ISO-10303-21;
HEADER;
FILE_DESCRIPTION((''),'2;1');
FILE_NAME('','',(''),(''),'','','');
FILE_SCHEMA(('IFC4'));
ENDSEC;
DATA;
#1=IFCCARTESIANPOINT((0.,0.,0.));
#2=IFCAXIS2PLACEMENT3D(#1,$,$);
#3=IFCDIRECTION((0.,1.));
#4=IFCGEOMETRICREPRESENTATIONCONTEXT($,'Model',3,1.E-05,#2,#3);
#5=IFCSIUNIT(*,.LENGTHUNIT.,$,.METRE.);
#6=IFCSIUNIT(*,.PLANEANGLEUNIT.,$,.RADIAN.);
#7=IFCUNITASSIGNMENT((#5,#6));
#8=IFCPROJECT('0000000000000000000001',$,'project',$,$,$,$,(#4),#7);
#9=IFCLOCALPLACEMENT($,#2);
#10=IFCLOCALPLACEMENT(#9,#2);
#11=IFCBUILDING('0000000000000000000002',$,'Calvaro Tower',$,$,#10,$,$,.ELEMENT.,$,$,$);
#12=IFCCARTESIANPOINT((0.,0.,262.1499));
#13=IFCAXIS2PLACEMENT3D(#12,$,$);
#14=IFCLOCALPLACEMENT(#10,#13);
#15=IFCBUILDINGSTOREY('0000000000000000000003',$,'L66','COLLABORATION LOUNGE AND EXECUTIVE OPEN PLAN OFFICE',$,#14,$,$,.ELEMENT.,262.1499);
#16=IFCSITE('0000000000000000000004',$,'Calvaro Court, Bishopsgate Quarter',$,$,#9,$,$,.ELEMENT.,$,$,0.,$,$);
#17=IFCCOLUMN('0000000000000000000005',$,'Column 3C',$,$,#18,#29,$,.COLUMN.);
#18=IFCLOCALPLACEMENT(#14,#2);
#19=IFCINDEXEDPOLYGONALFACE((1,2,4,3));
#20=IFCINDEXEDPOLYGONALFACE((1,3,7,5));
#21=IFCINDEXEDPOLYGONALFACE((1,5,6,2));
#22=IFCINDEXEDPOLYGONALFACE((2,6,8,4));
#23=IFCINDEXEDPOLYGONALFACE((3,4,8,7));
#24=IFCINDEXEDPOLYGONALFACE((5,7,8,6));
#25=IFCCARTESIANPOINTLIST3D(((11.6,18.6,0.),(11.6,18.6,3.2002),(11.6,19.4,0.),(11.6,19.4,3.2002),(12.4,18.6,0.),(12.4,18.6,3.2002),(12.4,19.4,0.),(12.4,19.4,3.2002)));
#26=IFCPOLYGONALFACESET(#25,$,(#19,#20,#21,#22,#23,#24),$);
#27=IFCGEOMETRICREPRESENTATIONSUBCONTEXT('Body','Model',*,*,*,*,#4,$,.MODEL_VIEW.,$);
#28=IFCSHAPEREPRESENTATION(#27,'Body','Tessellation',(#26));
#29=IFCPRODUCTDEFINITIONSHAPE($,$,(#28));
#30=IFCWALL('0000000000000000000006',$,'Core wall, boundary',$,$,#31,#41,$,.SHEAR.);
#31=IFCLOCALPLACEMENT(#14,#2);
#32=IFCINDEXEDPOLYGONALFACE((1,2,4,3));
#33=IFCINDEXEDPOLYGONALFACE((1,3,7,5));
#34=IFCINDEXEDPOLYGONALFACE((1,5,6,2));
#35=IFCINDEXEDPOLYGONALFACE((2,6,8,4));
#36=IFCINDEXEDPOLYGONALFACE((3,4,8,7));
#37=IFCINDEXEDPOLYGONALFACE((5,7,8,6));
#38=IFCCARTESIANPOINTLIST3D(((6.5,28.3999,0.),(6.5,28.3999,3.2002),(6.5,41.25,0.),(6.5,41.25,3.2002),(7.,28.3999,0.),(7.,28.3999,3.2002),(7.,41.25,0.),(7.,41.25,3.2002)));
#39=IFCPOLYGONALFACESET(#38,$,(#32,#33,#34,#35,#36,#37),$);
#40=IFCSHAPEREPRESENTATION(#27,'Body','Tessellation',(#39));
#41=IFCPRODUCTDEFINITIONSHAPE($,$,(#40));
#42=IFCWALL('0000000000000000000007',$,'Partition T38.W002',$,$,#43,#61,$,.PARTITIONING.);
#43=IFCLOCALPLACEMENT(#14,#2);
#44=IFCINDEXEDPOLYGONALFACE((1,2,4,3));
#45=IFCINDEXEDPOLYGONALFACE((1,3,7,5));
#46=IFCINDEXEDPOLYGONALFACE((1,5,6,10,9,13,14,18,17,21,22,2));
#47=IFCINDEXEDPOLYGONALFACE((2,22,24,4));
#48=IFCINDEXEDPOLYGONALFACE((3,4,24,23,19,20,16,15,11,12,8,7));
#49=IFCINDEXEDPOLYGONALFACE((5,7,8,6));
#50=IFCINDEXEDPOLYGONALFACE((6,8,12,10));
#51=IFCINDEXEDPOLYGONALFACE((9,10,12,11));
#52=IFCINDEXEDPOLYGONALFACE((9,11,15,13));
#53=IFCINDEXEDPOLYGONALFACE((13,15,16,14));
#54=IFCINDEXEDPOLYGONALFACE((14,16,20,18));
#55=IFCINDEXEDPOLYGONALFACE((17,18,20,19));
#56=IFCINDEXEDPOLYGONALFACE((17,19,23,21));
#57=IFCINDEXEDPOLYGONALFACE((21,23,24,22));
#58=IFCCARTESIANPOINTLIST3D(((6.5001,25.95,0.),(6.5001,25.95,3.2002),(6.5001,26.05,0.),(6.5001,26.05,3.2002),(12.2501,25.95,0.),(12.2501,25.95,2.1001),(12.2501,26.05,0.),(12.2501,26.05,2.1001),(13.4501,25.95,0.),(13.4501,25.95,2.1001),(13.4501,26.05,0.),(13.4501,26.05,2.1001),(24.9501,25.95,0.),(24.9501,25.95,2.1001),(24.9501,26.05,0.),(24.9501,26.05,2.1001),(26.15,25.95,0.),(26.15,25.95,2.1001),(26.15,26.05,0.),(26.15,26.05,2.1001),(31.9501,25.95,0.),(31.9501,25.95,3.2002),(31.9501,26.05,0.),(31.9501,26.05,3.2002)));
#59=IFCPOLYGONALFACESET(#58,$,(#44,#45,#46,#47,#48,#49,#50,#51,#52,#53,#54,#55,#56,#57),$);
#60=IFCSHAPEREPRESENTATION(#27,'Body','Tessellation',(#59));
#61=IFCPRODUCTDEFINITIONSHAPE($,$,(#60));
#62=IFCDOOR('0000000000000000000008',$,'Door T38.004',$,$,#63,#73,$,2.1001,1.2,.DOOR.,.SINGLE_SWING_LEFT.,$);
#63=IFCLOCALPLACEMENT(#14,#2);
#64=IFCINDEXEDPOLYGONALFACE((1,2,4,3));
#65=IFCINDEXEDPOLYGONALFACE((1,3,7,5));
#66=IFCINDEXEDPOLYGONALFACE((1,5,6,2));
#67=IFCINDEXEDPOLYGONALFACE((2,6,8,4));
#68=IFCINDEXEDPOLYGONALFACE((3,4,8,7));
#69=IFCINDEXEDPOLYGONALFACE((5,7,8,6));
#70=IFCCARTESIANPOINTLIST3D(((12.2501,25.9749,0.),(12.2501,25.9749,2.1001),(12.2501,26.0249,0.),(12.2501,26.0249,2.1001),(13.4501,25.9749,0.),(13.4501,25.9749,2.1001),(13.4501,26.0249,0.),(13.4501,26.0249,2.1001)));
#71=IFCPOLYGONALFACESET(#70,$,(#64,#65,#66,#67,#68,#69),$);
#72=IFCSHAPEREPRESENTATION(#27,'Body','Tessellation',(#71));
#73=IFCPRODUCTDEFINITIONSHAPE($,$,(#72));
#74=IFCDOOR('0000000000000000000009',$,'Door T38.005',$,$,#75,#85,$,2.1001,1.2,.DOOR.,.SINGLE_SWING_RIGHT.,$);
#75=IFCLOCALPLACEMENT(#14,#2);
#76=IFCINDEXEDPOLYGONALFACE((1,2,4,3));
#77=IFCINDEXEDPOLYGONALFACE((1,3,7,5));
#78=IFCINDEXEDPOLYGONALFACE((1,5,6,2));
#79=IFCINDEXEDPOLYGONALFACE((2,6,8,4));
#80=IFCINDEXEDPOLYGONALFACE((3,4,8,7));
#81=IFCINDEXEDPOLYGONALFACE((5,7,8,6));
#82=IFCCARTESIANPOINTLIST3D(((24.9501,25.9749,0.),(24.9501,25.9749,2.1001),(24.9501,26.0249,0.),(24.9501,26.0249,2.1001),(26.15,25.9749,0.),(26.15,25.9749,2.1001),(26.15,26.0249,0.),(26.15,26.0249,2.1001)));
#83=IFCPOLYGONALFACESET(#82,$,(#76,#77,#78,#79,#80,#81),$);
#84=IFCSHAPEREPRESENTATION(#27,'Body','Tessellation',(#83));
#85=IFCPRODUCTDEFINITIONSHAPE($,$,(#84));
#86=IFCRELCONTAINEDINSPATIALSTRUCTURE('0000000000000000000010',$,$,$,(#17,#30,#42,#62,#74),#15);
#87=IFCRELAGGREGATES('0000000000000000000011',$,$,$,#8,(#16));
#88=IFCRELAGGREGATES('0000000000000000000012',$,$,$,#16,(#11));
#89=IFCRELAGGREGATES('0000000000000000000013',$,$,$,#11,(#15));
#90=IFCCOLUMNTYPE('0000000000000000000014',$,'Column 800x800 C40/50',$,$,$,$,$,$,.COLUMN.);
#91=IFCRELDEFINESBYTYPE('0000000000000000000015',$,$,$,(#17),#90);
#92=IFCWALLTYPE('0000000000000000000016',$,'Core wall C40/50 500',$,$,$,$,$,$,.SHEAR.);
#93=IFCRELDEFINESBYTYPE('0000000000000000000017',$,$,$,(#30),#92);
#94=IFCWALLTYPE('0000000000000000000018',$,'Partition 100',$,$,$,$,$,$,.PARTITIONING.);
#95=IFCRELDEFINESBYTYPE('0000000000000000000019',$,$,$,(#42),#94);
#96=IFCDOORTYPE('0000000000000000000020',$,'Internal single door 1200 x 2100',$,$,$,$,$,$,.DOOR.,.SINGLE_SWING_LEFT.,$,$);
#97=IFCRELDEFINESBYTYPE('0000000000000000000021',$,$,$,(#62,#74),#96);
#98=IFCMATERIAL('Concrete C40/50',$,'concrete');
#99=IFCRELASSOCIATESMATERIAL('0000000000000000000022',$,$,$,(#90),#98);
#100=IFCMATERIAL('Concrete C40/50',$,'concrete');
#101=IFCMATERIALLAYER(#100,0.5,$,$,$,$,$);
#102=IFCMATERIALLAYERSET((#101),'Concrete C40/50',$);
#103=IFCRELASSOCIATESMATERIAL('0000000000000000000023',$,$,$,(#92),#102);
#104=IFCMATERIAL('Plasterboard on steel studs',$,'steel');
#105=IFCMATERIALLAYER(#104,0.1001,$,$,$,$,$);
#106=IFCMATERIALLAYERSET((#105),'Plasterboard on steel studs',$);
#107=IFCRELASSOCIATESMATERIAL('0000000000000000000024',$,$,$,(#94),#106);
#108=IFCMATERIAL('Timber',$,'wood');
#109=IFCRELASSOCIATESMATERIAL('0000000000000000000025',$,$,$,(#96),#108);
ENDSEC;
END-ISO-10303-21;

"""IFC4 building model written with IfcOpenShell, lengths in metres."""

from ifc_helpers import new_model, si_unit, direction, frame, frame_2d, origin, origin_2d, place, context, subcontext, project, spatial, rectangle, extrude, material, layer, layer_set, material_profile, profile_set, type_object, element, fill, save


model = new_model("IFC4")

# Units and contexts
model_context = context("Model", 3, precision=1e-05, world=origin(), true_north=direction((0.0, 1.0)))
body_context = subcontext(model_context, "Body", "Model", "MODEL_VIEW")
ifc_project = project(units=[si_unit("LENGTHUNIT", "METRE"), si_unit("PLANEANGLEUNIT", "RADIAN")], contexts=[model_context])

# Site, building, storey
site_placement = place(None, origin())
site = spatial("IfcSite", under=ifc_project, at=site_placement, Name="Calvaro Court, Bishopsgate Quarter", CompositionType="ELEMENT", RefElevation=0.0)
building_placement = place(site_placement, origin())
building = spatial("IfcBuilding", under=site, at=building_placement, Name="Calvaro Tower", CompositionType="ELEMENT")
storey_placement = place(building_placement, frame((0.0, 0.0, 262.1499)))
storey = spatial("IfcBuildingStorey", under=building, at=storey_placement, Name="L66", Description="COLLABORATION LOUNGE AND EXECUTIVE OPEN PLAN OFFICE", CompositionType="ELEMENT", Elevation=262.1499)

# Column
ifc_material_1 = material(Name="Concrete C40/50", Category="concrete")
ifc_material_profile = material_profile(ifc_material_1, rectangle(XDim=0.8, YDim=0.8, at=origin_2d()), Name="RC 800x800")
ifc_profile_set = profile_set([ifc_material_profile], Name="Concrete C40/50")
column_type = type_object("IfcColumnType", Name="Column 800x800 C40/50", PredefinedType="COLUMN", material=ifc_profile_set)
column_placement = place(storey_placement, frame((12.0, 19.0, 0.0), z_axis=(0.0, 0.0, 1.0), x_axis=(1.0, 0.0, 0.0)))
element("IfcColumn", 1, at=column_placement, inside=storey, type_object=column_type, Name="Column 3C", PredefinedType="COLUMN", context=body_context, shape_type="SweptSolid", body=[
    extrude(rectangle(XDim=0.8, YDim=0.8, at=origin_2d()), origin(), (0.0, 0.0, 1.0), 3.2002),
])

# Wall
ifc_material_2 = material(Name="Concrete C40/50", Category="concrete")
ifc_layer_1 = layer(ifc_material_2, 0.5)
ifc_layer_set_1 = layer_set([ifc_layer_1], Name="Concrete C40/50")
wall_type_1 = type_object("IfcWallType", Name="Core wall C40/50 500", PredefinedType="SHEAR", material=ifc_layer_set_1)
wall_1_placement = place(storey_placement, frame((6.75, 28.3999, 0.0), z_axis=(0.0, 0.0, 1.0), x_axis=(0.0, 1.0, 0.0)))
element("IfcWall", 2, at=wall_1_placement, inside=storey, type_object=wall_type_1, Name="Core wall, boundary", PredefinedType="SHEAR", context=body_context, shape_type="SweptSolid", body=[
    extrude(rectangle(XDim=12.8501, YDim=0.5, at=frame_2d((6.425, 0.0))), origin(), (0.0, 0.0, 1.0), 3.2002),
])

# Wall, openings, doors
ifc_material_3 = material(Name="Plasterboard on steel studs", Category="steel")
ifc_layer_2 = layer(ifc_material_3, 0.1001)
ifc_layer_set_2 = layer_set([ifc_layer_2], Name="Plasterboard on steel studs")
wall_type_2 = type_object("IfcWallType", Name="Partition 100", PredefinedType="PARTITIONING", material=ifc_layer_set_2)
wall_2_placement = place(storey_placement, frame((6.5, 26.0, 0.0), z_axis=(0.0, 0.0, 1.0), x_axis=(1.0, 0.0, 0.0)))
wall_2 = element("IfcWall", 3, at=wall_2_placement, inside=storey, type_object=wall_type_2, Name="Partition T38.W002", PredefinedType="PARTITIONING", context=body_context, shape_type="SweptSolid", body=[
    extrude(rectangle(XDim=25.45, YDim=0.1001, at=frame_2d((12.7251, 0.0))), origin(), (0.0, 0.0, 1.0), 3.2002),
])
opening_1_placement = place(wall_2_placement, frame((5.75, 0.0, 0.0)))
opening_1 = element("IfcOpeningElement", 4, at=opening_1_placement, cuts=wall_2, PredefinedType="OPENING", context=body_context, shape_type="SweptSolid", body=[
    extrude(rectangle(XDim=1.2, YDim=2.1001, at=frame_2d((0.6001, 1.05))), frame((0.0, 0.0601, 0.0), z_axis=(0.0, -1.0, 0.0), x_axis=(1.0, 0.0, 0.0)), (0.0, 0.0, 1.0), 0.1201),
])
opening_2_placement = place(wall_2_placement, frame((18.45, 0.0, 0.0)))
opening_2 = element("IfcOpeningElement", 5, at=opening_2_placement, cuts=wall_2, PredefinedType="OPENING", context=body_context, shape_type="SweptSolid", body=[
    extrude(rectangle(XDim=1.2, YDim=2.1001, at=frame_2d((0.6001, 1.05))), frame((0.0, 0.0601, 0.0), z_axis=(0.0, -1.0, 0.0), x_axis=(1.0, 0.0, 0.0)), (0.0, 0.0, 1.0), 0.1201),
])
ifc_material_4 = material(Name="Timber", Category="wood")
door_type_1 = type_object("IfcDoorType", Name="Internal single door 1200 x 2100", OperationType="SINGLE_SWING_LEFT", PredefinedType="DOOR", material=ifc_material_4)
door_1_placement = place(opening_1_placement, origin())
door_1 = element("IfcDoor", 6, at=door_1_placement, inside=storey, type_object=door_type_1, Name="Door T38.004", OperationType="SINGLE_SWING_LEFT", OverallHeight=2.1001, OverallWidth=1.2, PredefinedType="DOOR", context=body_context, shape_type="SweptSolid", body=[
    extrude(rectangle(XDim=1.2, YDim=2.1001, at=frame_2d((0.6001, 1.05))), frame((0.0, 0.0249, 0.0), z_axis=(0.0, -1.0, 0.0), x_axis=(1.0, 0.0, 0.0)), (0.0, 0.0, 1.0), 0.05),
])
fill(opening_1, door_1)
door_2_placement = place(opening_2_placement, origin())
door_2 = element("IfcDoor", 7, at=door_2_placement, inside=storey, type_object=door_type_1, Name="Door T38.005", OperationType="SINGLE_SWING_RIGHT", OverallHeight=2.1001, OverallWidth=1.2, PredefinedType="DOOR", context=body_context, shape_type="SweptSolid", body=[
    extrude(rectangle(XDim=1.2, YDim=2.1001, at=frame_2d((0.6001, 1.05))), frame((0.0, 0.0249, 0.0), z_axis=(0.0, -1.0, 0.0), x_axis=(1.0, 0.0, 0.0)), (0.0, 0.0, 1.0), 0.05),
])
fill(opening_2, door_2)

save(model, "model.ifc")
